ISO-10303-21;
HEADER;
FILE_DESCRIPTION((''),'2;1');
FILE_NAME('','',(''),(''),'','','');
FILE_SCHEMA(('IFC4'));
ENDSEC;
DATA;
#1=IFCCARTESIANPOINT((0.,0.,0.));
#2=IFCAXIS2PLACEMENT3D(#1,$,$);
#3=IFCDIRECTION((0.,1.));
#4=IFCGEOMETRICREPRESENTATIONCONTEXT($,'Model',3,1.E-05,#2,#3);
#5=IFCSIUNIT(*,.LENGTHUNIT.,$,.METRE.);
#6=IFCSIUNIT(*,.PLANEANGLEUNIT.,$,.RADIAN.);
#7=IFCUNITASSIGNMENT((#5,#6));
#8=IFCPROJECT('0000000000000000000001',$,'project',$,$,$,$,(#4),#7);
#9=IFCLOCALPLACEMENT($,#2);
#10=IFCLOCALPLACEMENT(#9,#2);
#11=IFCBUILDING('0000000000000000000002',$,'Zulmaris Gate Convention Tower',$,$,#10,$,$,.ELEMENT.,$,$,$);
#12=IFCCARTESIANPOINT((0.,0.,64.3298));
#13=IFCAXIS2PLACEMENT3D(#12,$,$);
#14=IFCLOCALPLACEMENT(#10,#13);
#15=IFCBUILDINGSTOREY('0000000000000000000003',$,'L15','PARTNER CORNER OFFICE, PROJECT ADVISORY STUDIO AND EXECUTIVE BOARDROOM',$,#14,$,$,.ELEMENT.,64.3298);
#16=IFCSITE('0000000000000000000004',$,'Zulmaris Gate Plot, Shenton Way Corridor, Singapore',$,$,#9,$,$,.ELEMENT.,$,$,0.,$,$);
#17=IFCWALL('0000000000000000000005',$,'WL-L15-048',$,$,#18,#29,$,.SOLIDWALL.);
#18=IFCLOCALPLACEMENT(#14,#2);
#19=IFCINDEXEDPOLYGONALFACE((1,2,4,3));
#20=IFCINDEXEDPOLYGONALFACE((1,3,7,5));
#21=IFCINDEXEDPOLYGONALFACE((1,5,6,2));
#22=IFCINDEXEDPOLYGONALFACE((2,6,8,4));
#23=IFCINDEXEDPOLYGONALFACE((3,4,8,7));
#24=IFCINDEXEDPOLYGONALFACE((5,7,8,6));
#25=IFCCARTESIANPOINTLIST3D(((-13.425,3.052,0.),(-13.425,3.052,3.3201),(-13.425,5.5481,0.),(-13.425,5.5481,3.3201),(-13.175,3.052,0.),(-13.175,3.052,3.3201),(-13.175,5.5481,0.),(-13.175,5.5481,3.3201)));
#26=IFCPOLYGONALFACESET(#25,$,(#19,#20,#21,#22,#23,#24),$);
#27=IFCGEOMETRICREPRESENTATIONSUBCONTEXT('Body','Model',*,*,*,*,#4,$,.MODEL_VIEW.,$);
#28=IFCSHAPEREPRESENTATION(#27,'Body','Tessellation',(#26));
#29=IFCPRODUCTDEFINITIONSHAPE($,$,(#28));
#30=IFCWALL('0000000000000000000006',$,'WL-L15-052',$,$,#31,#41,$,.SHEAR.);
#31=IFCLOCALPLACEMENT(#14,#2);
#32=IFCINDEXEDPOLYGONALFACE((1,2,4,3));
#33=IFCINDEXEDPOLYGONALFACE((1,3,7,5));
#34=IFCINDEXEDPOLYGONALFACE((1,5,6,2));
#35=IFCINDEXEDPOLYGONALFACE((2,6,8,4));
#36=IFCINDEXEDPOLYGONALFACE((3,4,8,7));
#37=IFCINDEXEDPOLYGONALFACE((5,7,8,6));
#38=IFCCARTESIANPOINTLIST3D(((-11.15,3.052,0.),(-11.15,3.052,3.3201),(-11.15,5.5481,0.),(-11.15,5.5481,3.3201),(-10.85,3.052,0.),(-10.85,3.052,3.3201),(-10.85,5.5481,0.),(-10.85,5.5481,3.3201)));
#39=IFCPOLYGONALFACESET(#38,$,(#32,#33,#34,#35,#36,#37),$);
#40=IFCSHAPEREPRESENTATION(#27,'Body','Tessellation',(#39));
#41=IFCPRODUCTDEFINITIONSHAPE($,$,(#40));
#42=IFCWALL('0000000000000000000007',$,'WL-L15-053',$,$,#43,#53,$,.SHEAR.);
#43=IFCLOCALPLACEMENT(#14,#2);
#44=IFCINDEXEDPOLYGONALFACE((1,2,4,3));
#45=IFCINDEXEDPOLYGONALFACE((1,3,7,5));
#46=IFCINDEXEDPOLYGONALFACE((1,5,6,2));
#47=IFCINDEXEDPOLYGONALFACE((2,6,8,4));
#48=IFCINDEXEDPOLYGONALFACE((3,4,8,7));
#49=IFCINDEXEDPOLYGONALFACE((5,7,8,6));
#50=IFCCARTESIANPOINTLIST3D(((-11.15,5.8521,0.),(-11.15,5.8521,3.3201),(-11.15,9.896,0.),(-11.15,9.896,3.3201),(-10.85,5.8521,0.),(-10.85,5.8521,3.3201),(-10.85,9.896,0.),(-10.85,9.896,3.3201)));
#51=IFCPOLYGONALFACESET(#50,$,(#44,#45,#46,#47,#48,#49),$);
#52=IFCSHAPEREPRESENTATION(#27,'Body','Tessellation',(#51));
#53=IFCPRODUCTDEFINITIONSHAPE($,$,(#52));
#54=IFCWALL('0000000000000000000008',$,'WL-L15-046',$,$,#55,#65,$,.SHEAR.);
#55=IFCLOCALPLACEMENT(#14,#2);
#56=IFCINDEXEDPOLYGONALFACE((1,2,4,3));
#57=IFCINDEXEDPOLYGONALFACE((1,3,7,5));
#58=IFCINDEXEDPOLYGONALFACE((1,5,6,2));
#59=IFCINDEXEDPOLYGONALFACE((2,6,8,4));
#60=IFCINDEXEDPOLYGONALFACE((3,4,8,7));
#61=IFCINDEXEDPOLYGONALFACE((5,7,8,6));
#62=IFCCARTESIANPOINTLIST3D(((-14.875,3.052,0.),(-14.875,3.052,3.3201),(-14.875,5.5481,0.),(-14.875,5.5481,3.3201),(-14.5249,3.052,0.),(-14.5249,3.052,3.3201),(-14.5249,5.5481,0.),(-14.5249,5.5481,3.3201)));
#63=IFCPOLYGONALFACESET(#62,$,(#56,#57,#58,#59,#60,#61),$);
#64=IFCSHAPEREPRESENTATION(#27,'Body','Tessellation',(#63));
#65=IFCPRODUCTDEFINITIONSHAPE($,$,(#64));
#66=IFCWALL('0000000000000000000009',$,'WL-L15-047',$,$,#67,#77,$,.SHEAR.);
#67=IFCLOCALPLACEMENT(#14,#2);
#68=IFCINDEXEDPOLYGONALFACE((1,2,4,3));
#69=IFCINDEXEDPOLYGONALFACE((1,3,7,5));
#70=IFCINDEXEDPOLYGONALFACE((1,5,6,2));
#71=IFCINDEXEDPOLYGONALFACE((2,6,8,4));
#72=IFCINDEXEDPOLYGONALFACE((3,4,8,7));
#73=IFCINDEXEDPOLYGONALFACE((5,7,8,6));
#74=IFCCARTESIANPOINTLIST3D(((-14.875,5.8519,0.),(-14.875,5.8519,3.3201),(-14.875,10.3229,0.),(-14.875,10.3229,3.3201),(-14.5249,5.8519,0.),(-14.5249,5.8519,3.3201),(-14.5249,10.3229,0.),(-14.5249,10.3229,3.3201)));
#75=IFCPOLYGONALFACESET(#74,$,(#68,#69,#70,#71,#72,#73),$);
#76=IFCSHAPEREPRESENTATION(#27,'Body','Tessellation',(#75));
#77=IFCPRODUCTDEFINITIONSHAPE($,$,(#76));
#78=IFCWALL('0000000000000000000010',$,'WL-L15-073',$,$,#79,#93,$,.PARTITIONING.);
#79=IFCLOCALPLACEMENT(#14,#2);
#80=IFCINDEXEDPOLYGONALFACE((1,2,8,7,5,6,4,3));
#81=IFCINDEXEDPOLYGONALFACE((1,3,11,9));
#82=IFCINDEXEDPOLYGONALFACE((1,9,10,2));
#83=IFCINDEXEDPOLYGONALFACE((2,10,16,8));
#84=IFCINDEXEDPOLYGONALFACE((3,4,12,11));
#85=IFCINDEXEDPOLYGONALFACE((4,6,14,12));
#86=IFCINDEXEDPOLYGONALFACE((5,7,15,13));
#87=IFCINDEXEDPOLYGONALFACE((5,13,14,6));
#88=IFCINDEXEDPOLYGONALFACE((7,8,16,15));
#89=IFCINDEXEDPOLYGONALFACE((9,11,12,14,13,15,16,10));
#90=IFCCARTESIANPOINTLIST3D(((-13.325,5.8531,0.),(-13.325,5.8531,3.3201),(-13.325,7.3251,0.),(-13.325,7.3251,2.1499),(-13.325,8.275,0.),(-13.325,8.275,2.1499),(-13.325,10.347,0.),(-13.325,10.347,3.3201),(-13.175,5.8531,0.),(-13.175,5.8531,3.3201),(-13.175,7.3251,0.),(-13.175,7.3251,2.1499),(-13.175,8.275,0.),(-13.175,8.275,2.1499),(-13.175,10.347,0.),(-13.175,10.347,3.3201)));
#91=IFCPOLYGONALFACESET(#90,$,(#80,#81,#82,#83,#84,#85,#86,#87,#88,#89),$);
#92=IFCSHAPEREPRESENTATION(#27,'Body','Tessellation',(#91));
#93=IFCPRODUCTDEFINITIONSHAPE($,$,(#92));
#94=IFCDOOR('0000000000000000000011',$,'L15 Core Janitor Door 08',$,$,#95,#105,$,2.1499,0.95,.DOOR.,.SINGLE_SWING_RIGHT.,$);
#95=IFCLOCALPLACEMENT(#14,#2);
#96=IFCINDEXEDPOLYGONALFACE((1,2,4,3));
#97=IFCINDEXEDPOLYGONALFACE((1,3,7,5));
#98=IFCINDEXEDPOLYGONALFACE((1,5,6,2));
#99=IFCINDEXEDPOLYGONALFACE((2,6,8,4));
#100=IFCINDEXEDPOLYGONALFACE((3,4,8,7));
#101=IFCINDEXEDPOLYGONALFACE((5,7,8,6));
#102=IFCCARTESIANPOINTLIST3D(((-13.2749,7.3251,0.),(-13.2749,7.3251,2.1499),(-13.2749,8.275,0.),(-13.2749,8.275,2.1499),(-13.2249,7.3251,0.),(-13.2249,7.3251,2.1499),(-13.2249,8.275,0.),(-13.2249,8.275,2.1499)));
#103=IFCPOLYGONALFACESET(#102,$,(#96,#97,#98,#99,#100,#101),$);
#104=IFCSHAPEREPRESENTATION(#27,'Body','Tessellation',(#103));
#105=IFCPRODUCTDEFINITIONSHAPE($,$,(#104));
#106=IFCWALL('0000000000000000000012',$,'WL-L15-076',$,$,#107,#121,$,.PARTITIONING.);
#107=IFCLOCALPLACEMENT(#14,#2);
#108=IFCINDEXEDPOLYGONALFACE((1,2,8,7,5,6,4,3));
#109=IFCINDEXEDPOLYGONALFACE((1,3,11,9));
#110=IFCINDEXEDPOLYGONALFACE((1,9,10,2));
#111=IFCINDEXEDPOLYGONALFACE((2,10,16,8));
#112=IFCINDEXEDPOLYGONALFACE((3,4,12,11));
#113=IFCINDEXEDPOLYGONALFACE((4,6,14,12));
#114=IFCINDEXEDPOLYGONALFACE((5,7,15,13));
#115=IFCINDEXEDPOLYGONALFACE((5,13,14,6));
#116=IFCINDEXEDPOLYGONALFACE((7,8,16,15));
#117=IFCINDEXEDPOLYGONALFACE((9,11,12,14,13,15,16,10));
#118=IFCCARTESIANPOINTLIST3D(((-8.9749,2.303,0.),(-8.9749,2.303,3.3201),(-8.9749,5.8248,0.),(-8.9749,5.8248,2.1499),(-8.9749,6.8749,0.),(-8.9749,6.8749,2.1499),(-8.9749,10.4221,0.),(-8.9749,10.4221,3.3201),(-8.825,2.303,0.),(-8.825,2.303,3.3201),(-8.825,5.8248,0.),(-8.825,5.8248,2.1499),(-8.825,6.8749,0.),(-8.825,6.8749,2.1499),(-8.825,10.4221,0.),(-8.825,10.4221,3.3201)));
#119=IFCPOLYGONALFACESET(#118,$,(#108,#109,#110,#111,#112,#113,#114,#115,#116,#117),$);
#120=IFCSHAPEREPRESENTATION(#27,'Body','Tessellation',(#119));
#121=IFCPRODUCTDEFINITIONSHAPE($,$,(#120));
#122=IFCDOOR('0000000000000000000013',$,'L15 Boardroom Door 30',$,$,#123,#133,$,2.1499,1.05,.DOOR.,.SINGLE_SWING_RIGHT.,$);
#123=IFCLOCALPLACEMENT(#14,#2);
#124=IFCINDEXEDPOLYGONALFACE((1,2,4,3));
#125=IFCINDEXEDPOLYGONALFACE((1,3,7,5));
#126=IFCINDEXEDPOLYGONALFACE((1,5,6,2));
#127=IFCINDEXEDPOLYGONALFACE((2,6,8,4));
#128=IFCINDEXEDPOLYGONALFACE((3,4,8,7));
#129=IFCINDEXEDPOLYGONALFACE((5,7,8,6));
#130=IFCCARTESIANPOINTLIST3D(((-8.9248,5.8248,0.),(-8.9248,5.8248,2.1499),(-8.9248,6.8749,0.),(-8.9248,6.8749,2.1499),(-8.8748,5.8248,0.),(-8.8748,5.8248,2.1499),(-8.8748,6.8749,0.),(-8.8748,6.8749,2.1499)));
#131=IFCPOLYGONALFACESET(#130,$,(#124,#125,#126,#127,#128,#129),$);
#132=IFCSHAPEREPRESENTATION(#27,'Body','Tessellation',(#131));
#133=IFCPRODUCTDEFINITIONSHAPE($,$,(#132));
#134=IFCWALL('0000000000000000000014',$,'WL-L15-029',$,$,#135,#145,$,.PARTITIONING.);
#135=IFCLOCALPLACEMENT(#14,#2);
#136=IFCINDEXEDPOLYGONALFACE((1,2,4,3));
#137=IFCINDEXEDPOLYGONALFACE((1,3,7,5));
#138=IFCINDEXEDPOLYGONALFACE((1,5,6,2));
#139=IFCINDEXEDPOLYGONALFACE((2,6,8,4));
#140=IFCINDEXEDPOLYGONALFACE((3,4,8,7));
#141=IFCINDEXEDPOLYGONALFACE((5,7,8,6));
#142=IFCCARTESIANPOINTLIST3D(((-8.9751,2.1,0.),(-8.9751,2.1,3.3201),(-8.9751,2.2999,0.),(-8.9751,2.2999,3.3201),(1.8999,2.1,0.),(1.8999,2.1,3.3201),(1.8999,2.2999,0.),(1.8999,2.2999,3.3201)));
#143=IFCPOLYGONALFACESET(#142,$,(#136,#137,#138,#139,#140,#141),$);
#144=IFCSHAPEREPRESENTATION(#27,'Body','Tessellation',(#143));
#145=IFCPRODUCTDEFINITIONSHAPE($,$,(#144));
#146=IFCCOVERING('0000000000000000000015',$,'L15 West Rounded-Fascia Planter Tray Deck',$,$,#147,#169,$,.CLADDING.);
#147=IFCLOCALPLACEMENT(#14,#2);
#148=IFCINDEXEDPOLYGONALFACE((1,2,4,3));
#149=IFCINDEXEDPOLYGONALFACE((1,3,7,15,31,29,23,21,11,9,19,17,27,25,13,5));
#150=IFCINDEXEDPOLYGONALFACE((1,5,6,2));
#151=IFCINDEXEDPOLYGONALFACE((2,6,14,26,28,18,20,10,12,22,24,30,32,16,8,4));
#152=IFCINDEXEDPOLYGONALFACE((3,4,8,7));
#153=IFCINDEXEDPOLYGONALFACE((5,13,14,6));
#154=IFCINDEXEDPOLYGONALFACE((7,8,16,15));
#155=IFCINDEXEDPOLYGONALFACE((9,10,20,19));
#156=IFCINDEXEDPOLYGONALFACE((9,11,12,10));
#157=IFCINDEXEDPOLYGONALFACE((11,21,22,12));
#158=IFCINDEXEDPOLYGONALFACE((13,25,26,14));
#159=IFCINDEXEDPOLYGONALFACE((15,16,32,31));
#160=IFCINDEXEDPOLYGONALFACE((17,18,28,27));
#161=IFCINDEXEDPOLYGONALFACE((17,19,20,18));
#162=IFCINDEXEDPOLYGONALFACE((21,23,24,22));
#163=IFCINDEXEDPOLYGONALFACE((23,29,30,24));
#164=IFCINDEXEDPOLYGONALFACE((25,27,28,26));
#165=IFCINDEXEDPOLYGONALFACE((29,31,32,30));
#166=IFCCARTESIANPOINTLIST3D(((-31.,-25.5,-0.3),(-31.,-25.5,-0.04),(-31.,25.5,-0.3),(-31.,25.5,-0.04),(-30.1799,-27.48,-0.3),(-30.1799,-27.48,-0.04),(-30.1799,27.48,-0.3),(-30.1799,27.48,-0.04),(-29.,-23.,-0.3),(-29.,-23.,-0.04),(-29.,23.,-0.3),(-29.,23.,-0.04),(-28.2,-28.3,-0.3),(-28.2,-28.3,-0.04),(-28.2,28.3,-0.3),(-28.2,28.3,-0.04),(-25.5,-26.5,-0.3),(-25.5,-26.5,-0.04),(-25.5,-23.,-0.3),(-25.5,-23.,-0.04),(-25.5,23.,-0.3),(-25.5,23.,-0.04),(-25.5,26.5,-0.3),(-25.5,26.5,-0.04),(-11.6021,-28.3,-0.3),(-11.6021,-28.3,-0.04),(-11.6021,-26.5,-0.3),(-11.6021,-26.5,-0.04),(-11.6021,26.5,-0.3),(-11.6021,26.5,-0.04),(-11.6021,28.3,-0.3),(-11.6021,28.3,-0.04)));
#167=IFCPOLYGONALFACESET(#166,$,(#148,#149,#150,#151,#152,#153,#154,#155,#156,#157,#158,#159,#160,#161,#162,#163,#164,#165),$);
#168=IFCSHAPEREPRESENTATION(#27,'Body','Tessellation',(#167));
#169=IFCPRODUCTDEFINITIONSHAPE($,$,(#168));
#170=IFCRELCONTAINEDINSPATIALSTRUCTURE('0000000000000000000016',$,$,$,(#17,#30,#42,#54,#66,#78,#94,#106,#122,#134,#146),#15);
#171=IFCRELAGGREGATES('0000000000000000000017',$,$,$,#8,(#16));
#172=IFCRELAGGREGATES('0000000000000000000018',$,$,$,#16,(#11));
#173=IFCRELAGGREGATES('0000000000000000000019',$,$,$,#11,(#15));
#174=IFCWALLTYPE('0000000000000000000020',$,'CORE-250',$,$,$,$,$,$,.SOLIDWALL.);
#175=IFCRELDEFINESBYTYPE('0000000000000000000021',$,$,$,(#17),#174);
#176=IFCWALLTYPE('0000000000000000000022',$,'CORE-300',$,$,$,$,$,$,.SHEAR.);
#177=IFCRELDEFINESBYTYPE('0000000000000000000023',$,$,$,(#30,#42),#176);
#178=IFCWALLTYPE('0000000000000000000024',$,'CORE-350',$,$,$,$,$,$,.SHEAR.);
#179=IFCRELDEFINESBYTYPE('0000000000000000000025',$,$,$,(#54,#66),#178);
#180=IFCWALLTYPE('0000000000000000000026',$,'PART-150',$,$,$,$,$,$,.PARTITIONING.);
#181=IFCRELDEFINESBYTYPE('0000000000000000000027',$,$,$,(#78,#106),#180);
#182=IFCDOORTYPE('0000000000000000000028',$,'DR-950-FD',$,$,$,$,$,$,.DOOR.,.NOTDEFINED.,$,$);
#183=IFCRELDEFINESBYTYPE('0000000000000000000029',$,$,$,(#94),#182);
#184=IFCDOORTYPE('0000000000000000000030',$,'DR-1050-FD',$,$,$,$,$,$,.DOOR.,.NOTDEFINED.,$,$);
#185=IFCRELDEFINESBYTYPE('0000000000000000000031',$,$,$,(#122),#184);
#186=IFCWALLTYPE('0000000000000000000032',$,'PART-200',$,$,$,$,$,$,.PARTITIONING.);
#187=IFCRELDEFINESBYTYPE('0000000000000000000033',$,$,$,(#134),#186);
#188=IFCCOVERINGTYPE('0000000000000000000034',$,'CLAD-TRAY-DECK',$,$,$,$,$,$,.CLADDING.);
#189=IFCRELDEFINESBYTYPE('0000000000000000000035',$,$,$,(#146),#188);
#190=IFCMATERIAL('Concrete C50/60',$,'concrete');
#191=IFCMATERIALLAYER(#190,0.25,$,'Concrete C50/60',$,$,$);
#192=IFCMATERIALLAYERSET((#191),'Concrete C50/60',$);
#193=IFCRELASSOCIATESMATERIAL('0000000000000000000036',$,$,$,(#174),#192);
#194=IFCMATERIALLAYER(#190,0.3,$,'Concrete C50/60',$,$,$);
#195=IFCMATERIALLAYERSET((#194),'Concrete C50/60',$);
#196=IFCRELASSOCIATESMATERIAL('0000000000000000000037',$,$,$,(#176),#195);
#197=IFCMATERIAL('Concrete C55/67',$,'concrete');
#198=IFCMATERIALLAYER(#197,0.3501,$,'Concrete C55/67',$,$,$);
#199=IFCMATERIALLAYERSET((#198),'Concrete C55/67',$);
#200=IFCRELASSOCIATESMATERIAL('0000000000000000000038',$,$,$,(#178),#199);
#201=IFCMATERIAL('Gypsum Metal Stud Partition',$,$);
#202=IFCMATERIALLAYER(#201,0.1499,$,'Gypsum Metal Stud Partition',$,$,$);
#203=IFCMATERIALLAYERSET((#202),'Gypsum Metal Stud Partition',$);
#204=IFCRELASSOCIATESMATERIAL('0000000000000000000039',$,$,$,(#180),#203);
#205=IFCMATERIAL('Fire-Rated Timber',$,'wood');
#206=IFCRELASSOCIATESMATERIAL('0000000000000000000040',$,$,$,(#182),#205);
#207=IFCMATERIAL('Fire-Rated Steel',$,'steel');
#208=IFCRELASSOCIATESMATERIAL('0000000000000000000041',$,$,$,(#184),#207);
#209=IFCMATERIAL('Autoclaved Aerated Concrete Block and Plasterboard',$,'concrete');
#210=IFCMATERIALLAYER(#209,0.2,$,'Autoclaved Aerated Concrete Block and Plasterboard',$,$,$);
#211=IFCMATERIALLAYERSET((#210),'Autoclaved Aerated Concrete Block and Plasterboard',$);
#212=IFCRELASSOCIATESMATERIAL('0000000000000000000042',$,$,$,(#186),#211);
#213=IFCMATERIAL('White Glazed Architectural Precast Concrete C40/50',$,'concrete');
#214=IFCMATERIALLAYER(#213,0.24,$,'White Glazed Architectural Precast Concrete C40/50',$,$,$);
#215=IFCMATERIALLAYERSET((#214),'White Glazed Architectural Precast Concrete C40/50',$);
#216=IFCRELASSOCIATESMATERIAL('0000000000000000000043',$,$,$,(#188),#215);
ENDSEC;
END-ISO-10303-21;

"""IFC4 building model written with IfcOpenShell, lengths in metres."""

from ifc_helpers import new_model, si_unit, direction, frame, frame_2d, origin, place, context, subcontext, project, spatial, polyline, rectangle, outline, extrude, material, layer, layer_set, type_object, element, fill, save


model = new_model("IFC4")

# Units and contexts
model_context = context("Model", 3, precision=1e-05, world=origin(), true_north=direction((0.0, 1.0)))
body_context = subcontext(model_context, "Body", "Model", "MODEL_VIEW")
ifc_project = project(units=[si_unit("LENGTHUNIT", "METRE"), si_unit("PLANEANGLEUNIT", "RADIAN")], contexts=[model_context])

# Site, building, storey
site_placement = place(None, origin())
site = spatial("IfcSite", under=ifc_project, at=site_placement, Name="Zulmaris Gate Plot, Shenton Way Corridor, Singapore", CompositionType="ELEMENT", RefElevation=0.0)
building_placement = place(site_placement, origin())
building = spatial("IfcBuilding", under=site, at=building_placement, Name="Zulmaris Gate Convention Tower", CompositionType="ELEMENT")
storey_placement = place(building_placement, frame((0.0, 0.0, 64.3298)))
storey = spatial("IfcBuildingStorey", under=building, at=storey_placement, Name="L15", Description="PARTNER CORNER OFFICE, PROJECT ADVISORY STUDIO AND EXECUTIVE BOARDROOM", CompositionType="ELEMENT", Elevation=64.3298)

# Shared definitions
ifc_material_1 = material(Name="Concrete C50/60", Category="concrete")

# Wall
ifc_layer_1 = layer(ifc_material_1, 0.25, Name="Concrete C50/60")
ifc_layer_set_1 = layer_set([ifc_layer_1], Name="Concrete C50/60")
wall_type_1 = type_object("IfcWallType", Name="CORE-250", PredefinedType="SOLIDWALL", material=ifc_layer_set_1)
wall_1_placement = place(storey_placement, frame((-13.3, 3.052, 0.0), z_axis=(0.0, 0.0, 1.0), x_axis=(0.0, 1.0, 0.0)))
element("IfcWall", 1, at=wall_1_placement, inside=storey, type_object=wall_type_1, Name="WL-L15-048", PredefinedType="SOLIDWALL", context=body_context, shape_type="SweptSolid", body=[
    extrude(rectangle(XDim=2.4961, YDim=0.25, at=frame_2d((1.248, 0.0))), origin(), (0.0, 0.0, 1.0), 3.3201),
])

# Shared definitions
ifc_layer_2 = layer(ifc_material_1, 0.3, Name="Concrete C50/60")
ifc_layer_set_2 = layer_set([ifc_layer_2], Name="Concrete C50/60")
wall_type_2 = type_object("IfcWallType", Name="CORE-300", PredefinedType="SHEAR", material=ifc_layer_set_2)
ifc_material_2 = material(Name="Fire-Rated Steel", Category="steel")

# Walls
wall_2_placement = place(storey_placement, frame((-11.0, 3.052, 0.0), z_axis=(0.0, 0.0, 1.0), x_axis=(0.0, 1.0, 0.0)))
element("IfcWall", 2, at=wall_2_placement, inside=storey, type_object=wall_type_2, Name="WL-L15-052", PredefinedType="SHEAR", context=body_context, shape_type="SweptSolid", body=[
    extrude(rectangle(XDim=2.4961, YDim=0.3, at=frame_2d((1.248, 0.0))), origin(), (0.0, 0.0, 1.0), 3.3201),
])
wall_3_placement = place(storey_placement, frame((-11.0, 5.8521, 0.0), z_axis=(0.0, 0.0, 1.0), x_axis=(0.0, 1.0, 0.0)))
element("IfcWall", 3, at=wall_3_placement, inside=storey, type_object=wall_type_2, Name="WL-L15-053", PredefinedType="SHEAR", context=body_context, shape_type="SweptSolid", body=[
    extrude(rectangle(XDim=4.0439, YDim=0.3, at=frame_2d((2.022, 0.0))), origin(), (0.0, 0.0, 1.0), 3.3201),
])
ifc_material_3 = material(Name="Concrete C55/67", Category="concrete")
ifc_layer_3 = layer(ifc_material_3, 0.3501, Name="Concrete C55/67")
ifc_layer_set_3 = layer_set([ifc_layer_3], Name="Concrete C55/67")
wall_type_3 = type_object("IfcWallType", Name="CORE-350", PredefinedType="SHEAR", material=ifc_layer_set_3)
wall_4_placement = place(storey_placement, frame((-14.7, 3.052, 0.0), z_axis=(0.0, 0.0, 1.0), x_axis=(0.0, 1.0, 0.0)))
element("IfcWall", 4, at=wall_4_placement, inside=storey, type_object=wall_type_3, Name="WL-L15-046", PredefinedType="SHEAR", context=body_context, shape_type="SweptSolid", body=[
    extrude(rectangle(XDim=2.4961, YDim=0.3501, at=frame_2d((1.248, 0.0))), origin(), (0.0, 0.0, 1.0), 3.3201),
])
wall_5_placement = place(storey_placement, frame((-14.7, 5.8521, 0.0), z_axis=(0.0, 0.0, 1.0), x_axis=(0.0, 1.0, 0.0)))
element("IfcWall", 5, at=wall_5_placement, inside=storey, type_object=wall_type_3, Name="WL-L15-047", PredefinedType="SHEAR", context=body_context, shape_type="SweptSolid", body=[
    extrude(rectangle(XDim=4.4709, YDim=0.3501, at=frame_2d((2.2354, 0.0))), origin(), (0.0, 0.0, 1.0), 3.3201),
])

# Walls, openings, doors
ifc_material_4 = material(Name="Gypsum Metal Stud Partition")
ifc_layer_4 = layer(ifc_material_4, 0.1499, Name="Gypsum Metal Stud Partition")
ifc_layer_set_4 = layer_set([ifc_layer_4], Name="Gypsum Metal Stud Partition")
wall_type_4 = type_object("IfcWallType", Name="PART-150", PredefinedType="PARTITIONING", material=ifc_layer_set_4)
wall_6_placement = place(storey_placement, frame((-13.25, 5.853, 0.0), z_axis=(0.0, 0.0, 1.0), x_axis=(0.0, 1.0, 0.0)))
wall_6 = element("IfcWall", 6, at=wall_6_placement, inside=storey, type_object=wall_type_4, Name="WL-L15-073", PredefinedType="PARTITIONING", context=body_context, shape_type="SweptSolid", body=[
    extrude(rectangle(XDim=4.4939, YDim=0.1499, at=frame_2d((2.2471, 0.0))), origin(), (0.0, 0.0, 1.0), 3.3201),
])
opening_1_placement = place(wall_6_placement, frame((1.4719, 0.0, 0.0)))
opening_1 = element("IfcOpeningElement", 7, at=opening_1_placement, cuts=wall_6, PredefinedType="OPENING", context=body_context, shape_type="SweptSolid", body=[
    extrude(rectangle(XDim=0.95, YDim=2.1499, at=frame_2d((0.4751, 1.075))), frame((0.0, 0.085, 0.0), z_axis=(0.0, -1.0, 0.0), x_axis=(1.0, 0.0, 0.0)), (0.0, 0.0, 1.0), 0.1699),
])
ifc_material_5 = material(Name="Fire-Rated Timber", Category="wood")
door_type_1 = type_object("IfcDoorType", Name="DR-950-FD", OperationType="NOTDEFINED", PredefinedType="DOOR", material=ifc_material_5)
door_1_placement = place(opening_1_placement, origin())
door_1 = element("IfcDoor", 8, at=door_1_placement, inside=storey, type_object=door_type_1, Name="L15 Core Janitor Door 08", OperationType="SINGLE_SWING_RIGHT", OverallHeight=2.1499, OverallWidth=0.95, PredefinedType="DOOR", context=body_context, shape_type="SweptSolid", body=[
    extrude(rectangle(XDim=0.95, YDim=2.1499, at=frame_2d((0.4751, 1.075))), frame((0.0, 0.0249, 0.0), z_axis=(0.0, -1.0, 0.0), x_axis=(1.0, 0.0, 0.0)), (0.0, 0.0, 1.0), 0.05),
])
fill(opening_1, door_1)
wall_7_placement = place(storey_placement, frame((-8.8999, 2.303, 0.0), z_axis=(0.0, 0.0, 1.0), x_axis=(0.0, 1.0, 0.0)))
wall_7 = element("IfcWall", 9, at=wall_7_placement, inside=storey, type_object=wall_type_4, Name="WL-L15-076", PredefinedType="PARTITIONING", context=body_context, shape_type="SweptSolid", body=[
    extrude(rectangle(XDim=8.1191, YDim=0.1499, at=frame_2d((4.0596, 0.0))), origin(), (0.0, 0.0, 1.0), 3.3201),
])
opening_2_placement = place(wall_7_placement, frame((3.522, 0.0, 0.0)))
opening_2 = element("IfcOpeningElement", 10, at=opening_2_placement, cuts=wall_7, PredefinedType="OPENING", context=body_context, shape_type="SweptSolid", body=[
    extrude(rectangle(XDim=1.05, YDim=2.1499, at=frame_2d((0.5249, 1.075))), frame((0.0, 0.085, 0.0), z_axis=(0.0, -1.0, 0.0), x_axis=(1.0, 0.0, 0.0)), (0.0, 0.0, 1.0), 0.1699),
])
door_type_2 = type_object("IfcDoorType", Name="DR-1050-FD", OperationType="NOTDEFINED", PredefinedType="DOOR", material=ifc_material_2)
door_2_placement = place(opening_2_placement, origin())
door_2 = element("IfcDoor", 11, at=door_2_placement, inside=storey, type_object=door_type_2, Name="L15 Boardroom Door 30", OperationType="SINGLE_SWING_RIGHT", OverallHeight=2.1499, OverallWidth=1.05, PredefinedType="DOOR", context=body_context, shape_type="SweptSolid", body=[
    extrude(rectangle(XDim=1.05, YDim=2.1499, at=frame_2d((0.5249, 1.075))), frame((0.0, 0.0249, 0.0), z_axis=(0.0, -1.0, 0.0), x_axis=(1.0, 0.0, 0.0)), (0.0, 0.0, 1.0), 0.05),
])
fill(opening_2, door_2)

# Wall
ifc_material_6 = material(Name="Autoclaved Aerated Concrete Block and Plasterboard", Category="concrete")
ifc_layer_5 = layer(ifc_material_6, 0.2, Name="Autoclaved Aerated Concrete Block and Plasterboard")
ifc_layer_set_5 = layer_set([ifc_layer_5], Name="Autoclaved Aerated Concrete Block and Plasterboard")
wall_type_5 = type_object("IfcWallType", Name="PART-200", PredefinedType="PARTITIONING", material=ifc_layer_set_5)
wall_8_placement = place(storey_placement, frame((-8.9751, 2.2, 0.0), z_axis=(0.0, 0.0, 1.0), x_axis=(1.0, 0.0, 0.0)))
element("IfcWall", 12, at=wall_8_placement, inside=storey, type_object=wall_type_5, Name="WL-L15-029", PredefinedType="PARTITIONING", context=body_context, shape_type="SweptSolid", body=[
    extrude(rectangle(XDim=10.875, YDim=0.2, at=frame_2d((5.4375, 0.0))), origin(), (0.0, 0.0, 1.0), 3.3201),
])

# Covering
ifc_material_7 = material(Name="White Glazed Architectural Precast Concrete C40/50", Category="concrete")
ifc_layer_6 = layer(ifc_material_7, 0.24, Name="White Glazed Architectural Precast Concrete C40/50")
ifc_layer_set_6 = layer_set([ifc_layer_6], Name="White Glazed Architectural Precast Concrete C40/50")
covering_type_1 = type_object("IfcCoveringType", Name="CLAD-TRAY-DECK", PredefinedType="CLADDING", material=ifc_layer_set_6)
covering_1_placement = place(storey_placement, frame((0.0, 0.0, -0.3)))
element("IfcCovering", 13, at=covering_1_placement, inside=storey, type_object=covering_type_1, Name="L15 West Rounded-Fascia Planter Tray Deck", PredefinedType="CLADDING", context=body_context, shape_type="SweptSolid", body=[
    extrude(outline(polyline([(-31.0, 25.5), (-30.1799, 27.48), (-28.2, 28.3), (-11.6021, 28.3), (-11.6021, 26.5), (-25.5, 26.5), (-25.5, 23.0), (-29.0, 23.0), (-29.0, -23.0), (-25.5, -23.0), (-25.5, -26.5), (-11.6021, -26.5), (-11.6021, -28.3), (-28.2, -28.3), (-30.1799, -27.48), (-31.0, -25.5), (-31.0, 25.5)])), origin(), (0.0, 0.0, 1.0), 0.26),
])

save(model, "model.ifc")
